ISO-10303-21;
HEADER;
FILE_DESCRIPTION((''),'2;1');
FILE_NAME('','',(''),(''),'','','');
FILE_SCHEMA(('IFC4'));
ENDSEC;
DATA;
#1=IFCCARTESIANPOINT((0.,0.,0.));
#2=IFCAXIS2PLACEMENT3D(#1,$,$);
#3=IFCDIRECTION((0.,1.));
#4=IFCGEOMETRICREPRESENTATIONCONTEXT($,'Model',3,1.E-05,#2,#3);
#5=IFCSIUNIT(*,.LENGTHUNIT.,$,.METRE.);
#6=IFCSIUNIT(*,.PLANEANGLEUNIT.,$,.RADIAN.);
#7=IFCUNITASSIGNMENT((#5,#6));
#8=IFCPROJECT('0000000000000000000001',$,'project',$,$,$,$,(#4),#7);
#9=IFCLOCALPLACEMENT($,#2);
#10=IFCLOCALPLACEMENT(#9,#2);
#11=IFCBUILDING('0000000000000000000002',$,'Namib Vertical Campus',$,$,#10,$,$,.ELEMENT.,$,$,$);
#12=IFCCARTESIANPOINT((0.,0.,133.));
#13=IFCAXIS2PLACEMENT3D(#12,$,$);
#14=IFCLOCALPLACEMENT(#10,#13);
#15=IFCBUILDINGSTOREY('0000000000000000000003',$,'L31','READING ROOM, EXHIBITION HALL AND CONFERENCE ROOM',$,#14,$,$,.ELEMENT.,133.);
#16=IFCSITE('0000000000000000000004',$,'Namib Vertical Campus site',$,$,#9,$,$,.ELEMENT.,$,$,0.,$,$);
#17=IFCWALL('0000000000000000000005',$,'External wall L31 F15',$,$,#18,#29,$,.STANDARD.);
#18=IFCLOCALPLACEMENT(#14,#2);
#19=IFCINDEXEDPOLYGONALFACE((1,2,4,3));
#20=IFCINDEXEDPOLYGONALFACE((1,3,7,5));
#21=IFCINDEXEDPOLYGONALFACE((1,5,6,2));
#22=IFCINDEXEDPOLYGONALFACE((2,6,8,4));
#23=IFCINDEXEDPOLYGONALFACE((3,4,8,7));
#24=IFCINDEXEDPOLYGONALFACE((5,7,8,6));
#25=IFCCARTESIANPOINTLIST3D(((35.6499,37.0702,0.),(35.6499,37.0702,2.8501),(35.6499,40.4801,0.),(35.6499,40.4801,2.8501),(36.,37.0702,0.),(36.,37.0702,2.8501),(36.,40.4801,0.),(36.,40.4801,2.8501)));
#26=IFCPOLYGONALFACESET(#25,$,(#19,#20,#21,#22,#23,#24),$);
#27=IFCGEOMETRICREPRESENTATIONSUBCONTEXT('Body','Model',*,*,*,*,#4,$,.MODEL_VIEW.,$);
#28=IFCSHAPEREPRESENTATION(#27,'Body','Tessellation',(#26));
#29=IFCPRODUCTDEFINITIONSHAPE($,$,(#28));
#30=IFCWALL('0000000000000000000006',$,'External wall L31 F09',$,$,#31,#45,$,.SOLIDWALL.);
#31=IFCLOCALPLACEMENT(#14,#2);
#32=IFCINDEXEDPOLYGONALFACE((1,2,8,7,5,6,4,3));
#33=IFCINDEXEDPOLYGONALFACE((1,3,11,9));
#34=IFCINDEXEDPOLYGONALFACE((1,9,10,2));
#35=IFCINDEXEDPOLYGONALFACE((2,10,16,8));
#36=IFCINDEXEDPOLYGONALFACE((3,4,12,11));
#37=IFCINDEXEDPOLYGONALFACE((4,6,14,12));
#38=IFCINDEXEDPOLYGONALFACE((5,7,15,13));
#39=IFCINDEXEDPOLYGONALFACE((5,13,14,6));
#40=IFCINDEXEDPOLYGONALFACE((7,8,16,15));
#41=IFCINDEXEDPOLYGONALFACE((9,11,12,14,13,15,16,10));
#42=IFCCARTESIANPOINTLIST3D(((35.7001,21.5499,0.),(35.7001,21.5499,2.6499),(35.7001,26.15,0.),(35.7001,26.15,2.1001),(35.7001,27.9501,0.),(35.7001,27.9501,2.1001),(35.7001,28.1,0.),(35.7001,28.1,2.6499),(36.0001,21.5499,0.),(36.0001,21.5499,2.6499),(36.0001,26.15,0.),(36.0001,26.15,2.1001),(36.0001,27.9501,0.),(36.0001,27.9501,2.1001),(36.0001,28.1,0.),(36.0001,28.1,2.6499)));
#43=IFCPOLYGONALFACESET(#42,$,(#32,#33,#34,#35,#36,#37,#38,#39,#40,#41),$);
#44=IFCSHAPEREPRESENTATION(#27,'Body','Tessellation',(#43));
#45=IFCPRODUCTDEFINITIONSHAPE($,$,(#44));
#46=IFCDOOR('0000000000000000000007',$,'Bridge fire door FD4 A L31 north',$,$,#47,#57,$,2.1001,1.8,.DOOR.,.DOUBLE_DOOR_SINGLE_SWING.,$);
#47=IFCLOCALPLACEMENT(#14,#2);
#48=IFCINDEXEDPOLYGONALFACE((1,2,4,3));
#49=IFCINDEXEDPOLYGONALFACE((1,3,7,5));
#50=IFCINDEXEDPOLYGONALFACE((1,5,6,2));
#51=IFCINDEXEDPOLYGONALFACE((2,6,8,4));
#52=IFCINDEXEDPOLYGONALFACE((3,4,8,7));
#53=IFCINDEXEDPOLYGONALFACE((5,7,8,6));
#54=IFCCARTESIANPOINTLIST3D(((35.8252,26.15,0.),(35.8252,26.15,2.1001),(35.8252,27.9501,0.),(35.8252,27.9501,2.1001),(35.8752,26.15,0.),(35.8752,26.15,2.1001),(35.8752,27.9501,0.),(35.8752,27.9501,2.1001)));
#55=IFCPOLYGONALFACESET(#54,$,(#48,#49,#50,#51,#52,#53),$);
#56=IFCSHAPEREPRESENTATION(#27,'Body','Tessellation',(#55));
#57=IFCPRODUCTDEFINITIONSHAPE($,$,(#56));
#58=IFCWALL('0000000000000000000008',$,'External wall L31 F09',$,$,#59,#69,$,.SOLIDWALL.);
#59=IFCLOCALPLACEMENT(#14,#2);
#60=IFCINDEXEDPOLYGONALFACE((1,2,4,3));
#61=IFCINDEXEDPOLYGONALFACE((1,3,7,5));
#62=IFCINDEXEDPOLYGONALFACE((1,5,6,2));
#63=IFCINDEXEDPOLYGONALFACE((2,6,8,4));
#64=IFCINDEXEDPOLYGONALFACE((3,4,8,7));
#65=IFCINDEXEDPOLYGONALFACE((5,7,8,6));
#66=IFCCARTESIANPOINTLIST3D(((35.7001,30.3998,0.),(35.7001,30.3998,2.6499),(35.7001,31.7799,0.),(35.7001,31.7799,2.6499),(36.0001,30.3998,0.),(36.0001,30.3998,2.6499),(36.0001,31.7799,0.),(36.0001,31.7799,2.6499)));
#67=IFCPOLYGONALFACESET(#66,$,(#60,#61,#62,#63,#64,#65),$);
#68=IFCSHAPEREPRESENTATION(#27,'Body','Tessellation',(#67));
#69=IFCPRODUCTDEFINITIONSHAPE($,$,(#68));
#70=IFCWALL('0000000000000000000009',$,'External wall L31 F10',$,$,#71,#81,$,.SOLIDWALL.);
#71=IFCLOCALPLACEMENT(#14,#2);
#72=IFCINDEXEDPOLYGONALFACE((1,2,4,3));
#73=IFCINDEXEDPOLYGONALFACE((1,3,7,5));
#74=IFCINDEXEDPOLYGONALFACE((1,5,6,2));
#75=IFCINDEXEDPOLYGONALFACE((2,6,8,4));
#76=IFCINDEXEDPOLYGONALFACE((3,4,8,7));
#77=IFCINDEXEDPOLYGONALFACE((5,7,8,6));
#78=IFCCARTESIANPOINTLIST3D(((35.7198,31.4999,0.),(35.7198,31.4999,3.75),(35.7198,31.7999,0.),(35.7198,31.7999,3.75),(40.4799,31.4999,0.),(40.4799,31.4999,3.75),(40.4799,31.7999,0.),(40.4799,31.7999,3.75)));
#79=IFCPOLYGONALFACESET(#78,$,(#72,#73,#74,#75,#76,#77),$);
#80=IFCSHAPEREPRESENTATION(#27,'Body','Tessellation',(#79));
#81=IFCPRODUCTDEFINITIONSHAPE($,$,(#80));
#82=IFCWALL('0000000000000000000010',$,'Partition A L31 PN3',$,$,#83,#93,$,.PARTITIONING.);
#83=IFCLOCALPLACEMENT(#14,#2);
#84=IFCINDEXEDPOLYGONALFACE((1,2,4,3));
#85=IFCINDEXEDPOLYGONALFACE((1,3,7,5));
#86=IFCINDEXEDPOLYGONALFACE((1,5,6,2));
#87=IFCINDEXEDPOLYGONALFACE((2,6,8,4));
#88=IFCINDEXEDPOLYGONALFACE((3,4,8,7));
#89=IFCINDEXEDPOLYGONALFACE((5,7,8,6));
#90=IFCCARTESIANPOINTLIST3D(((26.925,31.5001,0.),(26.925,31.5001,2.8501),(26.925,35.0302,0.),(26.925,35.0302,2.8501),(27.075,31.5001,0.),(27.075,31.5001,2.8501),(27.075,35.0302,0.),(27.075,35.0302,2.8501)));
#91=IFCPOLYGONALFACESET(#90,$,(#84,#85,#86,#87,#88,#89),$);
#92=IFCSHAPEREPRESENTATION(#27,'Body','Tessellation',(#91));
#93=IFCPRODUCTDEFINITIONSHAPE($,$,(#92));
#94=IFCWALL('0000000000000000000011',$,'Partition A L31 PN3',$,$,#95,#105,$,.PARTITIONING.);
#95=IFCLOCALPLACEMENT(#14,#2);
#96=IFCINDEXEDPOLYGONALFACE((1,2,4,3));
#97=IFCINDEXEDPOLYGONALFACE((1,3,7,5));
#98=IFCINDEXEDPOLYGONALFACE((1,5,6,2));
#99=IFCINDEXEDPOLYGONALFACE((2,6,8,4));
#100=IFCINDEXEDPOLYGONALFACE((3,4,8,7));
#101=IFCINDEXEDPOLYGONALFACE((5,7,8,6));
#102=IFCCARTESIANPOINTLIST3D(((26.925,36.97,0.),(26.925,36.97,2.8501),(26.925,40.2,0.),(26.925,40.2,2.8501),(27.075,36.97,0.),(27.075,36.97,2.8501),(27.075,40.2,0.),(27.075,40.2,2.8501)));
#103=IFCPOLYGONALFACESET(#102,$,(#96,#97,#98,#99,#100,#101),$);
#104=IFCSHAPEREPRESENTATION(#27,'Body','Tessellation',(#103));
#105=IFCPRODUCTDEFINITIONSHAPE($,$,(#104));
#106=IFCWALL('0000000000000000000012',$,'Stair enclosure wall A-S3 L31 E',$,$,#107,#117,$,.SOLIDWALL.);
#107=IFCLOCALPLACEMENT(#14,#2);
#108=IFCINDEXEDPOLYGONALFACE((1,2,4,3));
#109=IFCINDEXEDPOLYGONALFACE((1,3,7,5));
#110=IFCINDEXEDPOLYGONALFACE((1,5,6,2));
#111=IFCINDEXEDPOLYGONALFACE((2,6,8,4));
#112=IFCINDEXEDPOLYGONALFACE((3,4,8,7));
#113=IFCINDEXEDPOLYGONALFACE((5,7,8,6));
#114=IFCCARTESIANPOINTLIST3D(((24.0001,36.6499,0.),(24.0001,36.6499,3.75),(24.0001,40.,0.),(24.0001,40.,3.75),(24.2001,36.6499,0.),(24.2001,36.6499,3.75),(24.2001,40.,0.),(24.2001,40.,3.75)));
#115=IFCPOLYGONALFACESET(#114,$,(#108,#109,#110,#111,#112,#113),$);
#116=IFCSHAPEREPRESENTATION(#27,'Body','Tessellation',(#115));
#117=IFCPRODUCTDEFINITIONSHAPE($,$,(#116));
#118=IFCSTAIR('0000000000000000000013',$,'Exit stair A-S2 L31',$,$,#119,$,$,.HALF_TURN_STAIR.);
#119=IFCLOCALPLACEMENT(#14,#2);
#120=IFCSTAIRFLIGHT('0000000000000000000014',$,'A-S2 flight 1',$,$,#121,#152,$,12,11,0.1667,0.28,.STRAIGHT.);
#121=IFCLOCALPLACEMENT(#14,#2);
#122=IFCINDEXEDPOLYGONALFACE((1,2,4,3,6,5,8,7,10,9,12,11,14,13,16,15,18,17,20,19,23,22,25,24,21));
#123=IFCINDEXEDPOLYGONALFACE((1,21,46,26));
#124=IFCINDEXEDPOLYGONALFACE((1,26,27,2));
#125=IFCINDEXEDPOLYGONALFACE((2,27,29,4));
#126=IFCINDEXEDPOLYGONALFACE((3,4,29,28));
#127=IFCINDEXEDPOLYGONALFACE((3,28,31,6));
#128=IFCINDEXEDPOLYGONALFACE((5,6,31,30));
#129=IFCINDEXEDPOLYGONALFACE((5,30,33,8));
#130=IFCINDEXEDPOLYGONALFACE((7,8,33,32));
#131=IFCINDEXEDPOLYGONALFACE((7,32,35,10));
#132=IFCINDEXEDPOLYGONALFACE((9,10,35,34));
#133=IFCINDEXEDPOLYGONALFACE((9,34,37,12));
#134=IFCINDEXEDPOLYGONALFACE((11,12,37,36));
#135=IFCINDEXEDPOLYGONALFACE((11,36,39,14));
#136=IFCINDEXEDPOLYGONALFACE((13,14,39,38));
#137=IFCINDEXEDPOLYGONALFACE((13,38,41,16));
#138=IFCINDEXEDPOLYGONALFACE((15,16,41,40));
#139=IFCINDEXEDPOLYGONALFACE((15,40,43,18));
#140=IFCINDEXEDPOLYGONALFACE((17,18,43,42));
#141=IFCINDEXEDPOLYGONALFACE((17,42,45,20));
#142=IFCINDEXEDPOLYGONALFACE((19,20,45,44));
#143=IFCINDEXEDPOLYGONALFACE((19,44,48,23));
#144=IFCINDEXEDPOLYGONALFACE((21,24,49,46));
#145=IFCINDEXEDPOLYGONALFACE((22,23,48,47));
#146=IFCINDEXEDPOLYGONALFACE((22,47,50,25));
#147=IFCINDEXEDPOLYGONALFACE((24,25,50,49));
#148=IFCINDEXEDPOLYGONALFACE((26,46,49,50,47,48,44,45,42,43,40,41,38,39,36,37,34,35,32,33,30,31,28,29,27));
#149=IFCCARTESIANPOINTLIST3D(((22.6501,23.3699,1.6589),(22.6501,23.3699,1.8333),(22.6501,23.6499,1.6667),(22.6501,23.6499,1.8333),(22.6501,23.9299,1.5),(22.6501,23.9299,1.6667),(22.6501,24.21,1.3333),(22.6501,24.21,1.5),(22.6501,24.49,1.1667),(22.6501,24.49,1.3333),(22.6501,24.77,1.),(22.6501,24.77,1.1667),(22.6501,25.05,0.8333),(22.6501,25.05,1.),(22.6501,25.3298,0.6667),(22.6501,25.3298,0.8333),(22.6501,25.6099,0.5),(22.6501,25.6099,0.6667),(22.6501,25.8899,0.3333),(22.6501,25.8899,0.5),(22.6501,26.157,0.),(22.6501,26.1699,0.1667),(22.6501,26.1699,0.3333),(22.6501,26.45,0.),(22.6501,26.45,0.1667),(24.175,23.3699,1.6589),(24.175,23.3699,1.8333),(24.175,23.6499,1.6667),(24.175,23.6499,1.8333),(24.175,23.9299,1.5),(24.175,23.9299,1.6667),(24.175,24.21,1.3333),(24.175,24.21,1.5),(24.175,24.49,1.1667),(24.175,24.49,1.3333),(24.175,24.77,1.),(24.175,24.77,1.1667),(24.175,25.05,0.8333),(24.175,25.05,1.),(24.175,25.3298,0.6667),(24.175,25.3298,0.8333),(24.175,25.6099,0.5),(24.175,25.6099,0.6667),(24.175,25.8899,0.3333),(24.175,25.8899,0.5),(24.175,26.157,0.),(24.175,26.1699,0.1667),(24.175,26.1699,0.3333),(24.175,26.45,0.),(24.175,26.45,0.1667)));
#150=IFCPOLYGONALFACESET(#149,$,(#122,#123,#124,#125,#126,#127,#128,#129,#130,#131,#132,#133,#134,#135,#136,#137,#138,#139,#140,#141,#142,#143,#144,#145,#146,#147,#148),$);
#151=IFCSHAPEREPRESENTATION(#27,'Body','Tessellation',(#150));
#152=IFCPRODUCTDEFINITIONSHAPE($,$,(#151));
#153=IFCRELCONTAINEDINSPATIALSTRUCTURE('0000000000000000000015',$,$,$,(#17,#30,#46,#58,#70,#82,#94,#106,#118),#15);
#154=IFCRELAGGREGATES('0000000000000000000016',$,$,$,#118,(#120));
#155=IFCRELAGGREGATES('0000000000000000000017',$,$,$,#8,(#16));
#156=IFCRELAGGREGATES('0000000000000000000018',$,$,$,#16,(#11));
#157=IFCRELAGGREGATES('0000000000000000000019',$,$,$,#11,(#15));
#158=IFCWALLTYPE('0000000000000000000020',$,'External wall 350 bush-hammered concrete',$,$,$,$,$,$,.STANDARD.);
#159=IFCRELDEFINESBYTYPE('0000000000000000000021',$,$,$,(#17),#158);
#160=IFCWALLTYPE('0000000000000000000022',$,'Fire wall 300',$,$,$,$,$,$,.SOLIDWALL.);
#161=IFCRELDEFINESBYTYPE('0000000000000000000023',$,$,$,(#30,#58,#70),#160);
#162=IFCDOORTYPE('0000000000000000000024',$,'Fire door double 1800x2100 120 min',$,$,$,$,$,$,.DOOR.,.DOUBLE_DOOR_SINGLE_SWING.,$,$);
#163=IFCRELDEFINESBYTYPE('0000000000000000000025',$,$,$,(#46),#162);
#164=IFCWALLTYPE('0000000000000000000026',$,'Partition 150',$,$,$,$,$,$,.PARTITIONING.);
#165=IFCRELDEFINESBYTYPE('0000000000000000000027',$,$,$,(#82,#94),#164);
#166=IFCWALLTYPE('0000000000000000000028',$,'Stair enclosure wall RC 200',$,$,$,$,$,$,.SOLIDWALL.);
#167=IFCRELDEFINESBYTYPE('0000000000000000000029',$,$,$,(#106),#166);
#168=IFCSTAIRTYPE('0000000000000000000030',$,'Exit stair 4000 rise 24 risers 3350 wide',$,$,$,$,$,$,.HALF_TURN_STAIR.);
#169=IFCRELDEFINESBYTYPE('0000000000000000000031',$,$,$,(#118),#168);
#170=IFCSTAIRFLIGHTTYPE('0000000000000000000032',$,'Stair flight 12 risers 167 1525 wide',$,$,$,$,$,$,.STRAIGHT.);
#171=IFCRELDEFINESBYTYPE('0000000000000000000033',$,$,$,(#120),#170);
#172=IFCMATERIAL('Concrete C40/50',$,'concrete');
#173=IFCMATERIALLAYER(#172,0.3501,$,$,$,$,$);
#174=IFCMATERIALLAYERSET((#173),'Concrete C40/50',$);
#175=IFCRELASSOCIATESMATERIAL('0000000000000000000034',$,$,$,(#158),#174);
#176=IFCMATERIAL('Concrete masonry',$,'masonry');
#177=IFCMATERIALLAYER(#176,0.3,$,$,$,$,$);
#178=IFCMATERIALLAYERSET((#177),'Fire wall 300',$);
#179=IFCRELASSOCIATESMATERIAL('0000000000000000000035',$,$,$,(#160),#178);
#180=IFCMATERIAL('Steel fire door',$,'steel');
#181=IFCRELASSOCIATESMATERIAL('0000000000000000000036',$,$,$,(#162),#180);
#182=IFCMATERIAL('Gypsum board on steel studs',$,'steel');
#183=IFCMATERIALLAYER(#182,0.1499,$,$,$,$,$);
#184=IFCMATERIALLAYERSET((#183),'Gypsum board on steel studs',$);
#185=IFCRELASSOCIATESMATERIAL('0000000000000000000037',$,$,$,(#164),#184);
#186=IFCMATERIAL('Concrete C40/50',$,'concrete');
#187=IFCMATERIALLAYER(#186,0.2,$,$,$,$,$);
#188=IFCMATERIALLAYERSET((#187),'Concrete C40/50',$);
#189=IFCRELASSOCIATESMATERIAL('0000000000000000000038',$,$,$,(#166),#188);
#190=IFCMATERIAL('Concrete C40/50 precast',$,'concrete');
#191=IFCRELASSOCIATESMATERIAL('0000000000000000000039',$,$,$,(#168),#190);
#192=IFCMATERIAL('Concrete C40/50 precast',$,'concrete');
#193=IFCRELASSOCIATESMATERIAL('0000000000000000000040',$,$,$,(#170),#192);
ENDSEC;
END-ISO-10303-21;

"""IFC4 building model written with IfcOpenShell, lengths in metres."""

from ifc_helpers import new_model, si_unit, direction, frame, frame_2d, origin, place, context, subcontext, project, spatial, polyline, rectangle, outline, extrude, material, layer, layer_set, type_object, element, fill, aggregate, save


model = new_model("IFC4")

# Units and contexts
model_context = context("Model", 3, precision=1e-05, world=origin(), true_north=direction((0.0, 1.0)))
body_context = subcontext(model_context, "Body", "Model", "MODEL_VIEW")
ifc_project = project(units=[si_unit("LENGTHUNIT", "METRE"), si_unit("PLANEANGLEUNIT", "RADIAN")], contexts=[model_context])

# Site, building, storey
site_placement = place(None, origin())
site = spatial("IfcSite", under=ifc_project, at=site_placement, Name="Namib Vertical Campus site", CompositionType="ELEMENT", RefElevation=0.0)
building_placement = place(site_placement, origin())
building = spatial("IfcBuilding", under=site, at=building_placement, Name="Namib Vertical Campus", CompositionType="ELEMENT")
storey_placement = place(building_placement, frame((0.0, 0.0, 133.0)))
storey = spatial("IfcBuildingStorey", under=building, at=storey_placement, Name="L31", Description="READING ROOM, EXHIBITION HALL AND CONFERENCE ROOM", CompositionType="ELEMENT", Elevation=133.0)

# Wall
ifc_material_1 = material(Name="Concrete C40/50", Category="concrete")
ifc_layer_1 = layer(ifc_material_1, 0.3501)
ifc_layer_set_1 = layer_set([ifc_layer_1], Name="Concrete C40/50")
wall_type_1 = type_object("IfcWallType", Name="External wall 350 bush-hammered concrete", PredefinedType="STANDARD", material=ifc_layer_set_1)
wall_1_placement = place(storey_placement, frame((35.825, 37.0701, 0.0), z_axis=(0.0, 0.0, 1.0), x_axis=(0.0, 1.0, 0.0)))
element("IfcWall", 1, at=wall_1_placement, inside=storey, type_object=wall_type_1, Name="External wall L31 F15", PredefinedType="STANDARD", context=body_context, shape_type="SweptSolid", body=[
    extrude(rectangle(XDim=3.4099, YDim=0.3501, at=frame_2d((1.7051, 0.0))), origin(), (0.0, 0.0, 1.0), 2.8501),
])

# Wall, opening, door
ifc_material_2 = material(Name="Concrete masonry", Category="masonry")
ifc_layer_2 = layer(ifc_material_2, 0.3)
ifc_layer_set_2 = layer_set([ifc_layer_2], Name="Fire wall 300")
wall_type_2 = type_object("IfcWallType", Name="Fire wall 300", PredefinedType="SOLIDWALL", material=ifc_layer_set_2)
wall_2_placement = place(storey_placement, frame((35.8501, 21.55, 0.0), z_axis=(0.0, 0.0, 1.0), x_axis=(0.0, 1.0, 0.0)))
wall_2 = element("IfcWall", 2, at=wall_2_placement, inside=storey, type_object=wall_type_2, Name="External wall L31 F09", PredefinedType="SOLIDWALL", context=body_context, shape_type="SweptSolid", body=[
    extrude(rectangle(XDim=6.55, YDim=0.3, at=frame_2d((3.2749, 0.0))), origin(), (0.0, 0.0, 1.0), 2.6499),
])
opening_1_placement = place(wall_2_placement, frame((4.6001, 0.0, 0.0)))
opening_1 = element("IfcOpeningElement", 3, at=opening_1_placement, cuts=wall_2, PredefinedType="OPENING", context=body_context, shape_type="SweptSolid", body=[
    extrude(rectangle(XDim=1.8, YDim=2.1001, at=frame_2d((0.8999, 1.05))), frame((0.0, 0.1599, 0.0), z_axis=(0.0, -1.0, 0.0), x_axis=(1.0, 0.0, 0.0)), (0.0, 0.0, 1.0), 0.3201),
])
ifc_material_3 = material(Name="Steel fire door", Category="steel")
door_type_1 = type_object("IfcDoorType", Name="Fire door double 1800x2100 120 min", OperationType="DOUBLE_DOOR_SINGLE_SWING", PredefinedType="DOOR", material=ifc_material_3)
door_1_placement = place(opening_1_placement, origin())
door_1 = element("IfcDoor", 4, at=door_1_placement, inside=storey, type_object=door_type_1, Name="Bridge fire door FD4 A L31 north", OperationType="DOUBLE_DOOR_SINGLE_SWING", OverallHeight=2.1001, OverallWidth=1.8, PredefinedType="DOOR", context=body_context, shape_type="SweptSolid", body=[
    extrude(rectangle(XDim=1.8, YDim=2.1001, at=frame_2d((0.8999, 1.05))), frame((0.0, 0.0249, 0.0), z_axis=(0.0, -1.0, 0.0), x_axis=(1.0, 0.0, 0.0)), (0.0, 0.0, 1.0), 0.05),
])
fill(opening_1, door_1)

# Walls
wall_3_placement = place(storey_placement, frame((35.8501, 30.3999, 0.0), z_axis=(0.0, 0.0, 1.0), x_axis=(0.0, 1.0, 0.0)))
element("IfcWall", 5, at=wall_3_placement, inside=storey, type_object=wall_type_2, Name="External wall L31 F09", PredefinedType="SOLIDWALL", context=body_context, shape_type="SweptSolid", body=[
    extrude(rectangle(XDim=1.3801, YDim=0.3, at=frame_2d((0.6899, 0.0))), origin(), (0.0, 0.0, 1.0), 2.6499),
])
wall_4_placement = place(storey_placement, frame((35.72, 31.6499, 0.0), z_axis=(0.0, 0.0, 1.0), x_axis=(1.0, 0.0, 0.0)))
element("IfcWall", 6, at=wall_4_placement, inside=storey, type_object=wall_type_2, Name="External wall L31 F10", PredefinedType="SOLIDWALL", context=body_context, shape_type="SweptSolid", body=[
    extrude(rectangle(XDim=4.76, YDim=0.3, at=frame_2d((2.3799, 0.0))), origin(), (0.0, 0.0, 1.0), 3.75),
])
ifc_material_4 = material(Name="Gypsum board on steel studs", Category="steel")
ifc_layer_3 = layer(ifc_material_4, 0.1499)
ifc_layer_set_3 = layer_set([ifc_layer_3], Name="Gypsum board on steel studs")
wall_type_3 = type_object("IfcWallType", Name="Partition 150", PredefinedType="PARTITIONING", material=ifc_layer_set_3)
wall_5_placement = place(storey_placement, frame((27.0, 31.5, 0.0), z_axis=(0.0, 0.0, 1.0), x_axis=(0.0, 1.0, 0.0)))
element("IfcWall", 7, at=wall_5_placement, inside=storey, type_object=wall_type_3, Name="Partition A L31 PN3", PredefinedType="PARTITIONING", context=body_context, shape_type="SweptSolid", body=[
    extrude(rectangle(XDim=3.53, YDim=0.1499, at=frame_2d((1.7651, 0.0))), origin(), (0.0, 0.0, 1.0), 2.8501),
])
wall_6_placement = place(storey_placement, frame((27.0, 36.97, 0.0), z_axis=(0.0, 0.0, 1.0), x_axis=(0.0, 1.0, 0.0)))
element("IfcWall", 8, at=wall_6_placement, inside=storey, type_object=wall_type_3, Name="Partition A L31 PN3", PredefinedType="PARTITIONING", context=body_context, shape_type="SweptSolid", body=[
    extrude(rectangle(XDim=3.23, YDim=0.1499, at=frame_2d((1.615, 0.0))), origin(), (0.0, 0.0, 1.0), 2.8501),
])
ifc_material_5 = material(Name="Concrete C40/50", Category="concrete")
ifc_layer_4 = layer(ifc_material_5, 0.2)
ifc_layer_set_4 = layer_set([ifc_layer_4], Name="Concrete C40/50")
wall_type_4 = type_object("IfcWallType", Name="Stair enclosure wall RC 200", PredefinedType="SOLIDWALL", material=ifc_layer_set_4)
wall_7_placement = place(storey_placement, frame((24.1001, 36.6499, 0.0), z_axis=(0.0, 0.0, 1.0), x_axis=(0.0, 1.0, 0.0)))
element("IfcWall", 9, at=wall_7_placement, inside=storey, type_object=wall_type_4, Name="Stair enclosure wall A-S3 L31 E", PredefinedType="SOLIDWALL", context=body_context, shape_type="SweptSolid", body=[
    extrude(rectangle(XDim=3.3501, YDim=0.2, at=frame_2d((1.675, 0.0))), origin(), (0.0, 0.0, 1.0), 3.75),
])

# Stair, stair flight
ifc_material_6 = material(Name="Concrete C40/50 precast", Category="concrete")
stair_type = type_object("IfcStairType", Name="Exit stair 4000 rise 24 risers 3350 wide", PredefinedType="HALF_TURN_STAIR", material=ifc_material_6)
stair_placement = place(storey_placement, origin())
stair = element("IfcStair", 10, at=stair_placement, inside=storey, type_object=stair_type, Name="Exit stair A-S2 L31", PredefinedType="HALF_TURN_STAIR")
ifc_material_7 = material(Name="Concrete C40/50 precast", Category="concrete")
stair_flight_type = type_object("IfcStairFlightType", Name="Stair flight 12 risers 167 1525 wide", PredefinedType="STRAIGHT", material=ifc_material_7)
stair_flight_1_placement = place(storey_placement, frame((23.4126, 26.45, 0.0), z_axis=(0.0, 0.0, 1.0), x_axis=(0.0, -1.0, 0.0)))
stair_flight_1 = element("IfcStairFlight", 11, at=stair_flight_1_placement, type_object=stair_flight_type, Name="A-S2 flight 1", NumberOfRisers=12, NumberOfTreads=11, PredefinedType="STRAIGHT", RiserHeight=0.1667, TreadLength=0.28, context=body_context, shape_type="SweptSolid", body=[
    extrude(outline(polyline([(0.0, 0.0), (0.0, 0.1667), (0.28, 0.1667), (0.28, 0.3333), (0.5601, 0.3333), (0.5601, 0.5), (0.8401, 0.5), (0.8401, 0.6667), (1.1201, 0.6667), (1.1201, 0.8333), (1.3999, 0.8333), (1.3999, 1.0), (1.6799, 1.0), (1.6799, 1.1667), (1.96, 1.1667), (1.96, 1.3333), (2.24, 1.3333), (2.24, 1.5), (2.52, 1.5), (2.52, 1.6667), (2.8, 1.6667), (2.8, 1.8333), (3.0801, 1.8333), (3.0801, 2.0), (3.0801, 1.6589), (0.293, 0.0), (0.0, 0.0)])), frame((0.0, 0.7625, 0.0), z_axis=(0.0, -1.0, 0.0), x_axis=(1.0, 0.0, 0.0)), (0.0, 0.0, 1.0), 1.5249),
])
aggregate(stair, [stair_flight_1])

save(model, "model.ifc")
